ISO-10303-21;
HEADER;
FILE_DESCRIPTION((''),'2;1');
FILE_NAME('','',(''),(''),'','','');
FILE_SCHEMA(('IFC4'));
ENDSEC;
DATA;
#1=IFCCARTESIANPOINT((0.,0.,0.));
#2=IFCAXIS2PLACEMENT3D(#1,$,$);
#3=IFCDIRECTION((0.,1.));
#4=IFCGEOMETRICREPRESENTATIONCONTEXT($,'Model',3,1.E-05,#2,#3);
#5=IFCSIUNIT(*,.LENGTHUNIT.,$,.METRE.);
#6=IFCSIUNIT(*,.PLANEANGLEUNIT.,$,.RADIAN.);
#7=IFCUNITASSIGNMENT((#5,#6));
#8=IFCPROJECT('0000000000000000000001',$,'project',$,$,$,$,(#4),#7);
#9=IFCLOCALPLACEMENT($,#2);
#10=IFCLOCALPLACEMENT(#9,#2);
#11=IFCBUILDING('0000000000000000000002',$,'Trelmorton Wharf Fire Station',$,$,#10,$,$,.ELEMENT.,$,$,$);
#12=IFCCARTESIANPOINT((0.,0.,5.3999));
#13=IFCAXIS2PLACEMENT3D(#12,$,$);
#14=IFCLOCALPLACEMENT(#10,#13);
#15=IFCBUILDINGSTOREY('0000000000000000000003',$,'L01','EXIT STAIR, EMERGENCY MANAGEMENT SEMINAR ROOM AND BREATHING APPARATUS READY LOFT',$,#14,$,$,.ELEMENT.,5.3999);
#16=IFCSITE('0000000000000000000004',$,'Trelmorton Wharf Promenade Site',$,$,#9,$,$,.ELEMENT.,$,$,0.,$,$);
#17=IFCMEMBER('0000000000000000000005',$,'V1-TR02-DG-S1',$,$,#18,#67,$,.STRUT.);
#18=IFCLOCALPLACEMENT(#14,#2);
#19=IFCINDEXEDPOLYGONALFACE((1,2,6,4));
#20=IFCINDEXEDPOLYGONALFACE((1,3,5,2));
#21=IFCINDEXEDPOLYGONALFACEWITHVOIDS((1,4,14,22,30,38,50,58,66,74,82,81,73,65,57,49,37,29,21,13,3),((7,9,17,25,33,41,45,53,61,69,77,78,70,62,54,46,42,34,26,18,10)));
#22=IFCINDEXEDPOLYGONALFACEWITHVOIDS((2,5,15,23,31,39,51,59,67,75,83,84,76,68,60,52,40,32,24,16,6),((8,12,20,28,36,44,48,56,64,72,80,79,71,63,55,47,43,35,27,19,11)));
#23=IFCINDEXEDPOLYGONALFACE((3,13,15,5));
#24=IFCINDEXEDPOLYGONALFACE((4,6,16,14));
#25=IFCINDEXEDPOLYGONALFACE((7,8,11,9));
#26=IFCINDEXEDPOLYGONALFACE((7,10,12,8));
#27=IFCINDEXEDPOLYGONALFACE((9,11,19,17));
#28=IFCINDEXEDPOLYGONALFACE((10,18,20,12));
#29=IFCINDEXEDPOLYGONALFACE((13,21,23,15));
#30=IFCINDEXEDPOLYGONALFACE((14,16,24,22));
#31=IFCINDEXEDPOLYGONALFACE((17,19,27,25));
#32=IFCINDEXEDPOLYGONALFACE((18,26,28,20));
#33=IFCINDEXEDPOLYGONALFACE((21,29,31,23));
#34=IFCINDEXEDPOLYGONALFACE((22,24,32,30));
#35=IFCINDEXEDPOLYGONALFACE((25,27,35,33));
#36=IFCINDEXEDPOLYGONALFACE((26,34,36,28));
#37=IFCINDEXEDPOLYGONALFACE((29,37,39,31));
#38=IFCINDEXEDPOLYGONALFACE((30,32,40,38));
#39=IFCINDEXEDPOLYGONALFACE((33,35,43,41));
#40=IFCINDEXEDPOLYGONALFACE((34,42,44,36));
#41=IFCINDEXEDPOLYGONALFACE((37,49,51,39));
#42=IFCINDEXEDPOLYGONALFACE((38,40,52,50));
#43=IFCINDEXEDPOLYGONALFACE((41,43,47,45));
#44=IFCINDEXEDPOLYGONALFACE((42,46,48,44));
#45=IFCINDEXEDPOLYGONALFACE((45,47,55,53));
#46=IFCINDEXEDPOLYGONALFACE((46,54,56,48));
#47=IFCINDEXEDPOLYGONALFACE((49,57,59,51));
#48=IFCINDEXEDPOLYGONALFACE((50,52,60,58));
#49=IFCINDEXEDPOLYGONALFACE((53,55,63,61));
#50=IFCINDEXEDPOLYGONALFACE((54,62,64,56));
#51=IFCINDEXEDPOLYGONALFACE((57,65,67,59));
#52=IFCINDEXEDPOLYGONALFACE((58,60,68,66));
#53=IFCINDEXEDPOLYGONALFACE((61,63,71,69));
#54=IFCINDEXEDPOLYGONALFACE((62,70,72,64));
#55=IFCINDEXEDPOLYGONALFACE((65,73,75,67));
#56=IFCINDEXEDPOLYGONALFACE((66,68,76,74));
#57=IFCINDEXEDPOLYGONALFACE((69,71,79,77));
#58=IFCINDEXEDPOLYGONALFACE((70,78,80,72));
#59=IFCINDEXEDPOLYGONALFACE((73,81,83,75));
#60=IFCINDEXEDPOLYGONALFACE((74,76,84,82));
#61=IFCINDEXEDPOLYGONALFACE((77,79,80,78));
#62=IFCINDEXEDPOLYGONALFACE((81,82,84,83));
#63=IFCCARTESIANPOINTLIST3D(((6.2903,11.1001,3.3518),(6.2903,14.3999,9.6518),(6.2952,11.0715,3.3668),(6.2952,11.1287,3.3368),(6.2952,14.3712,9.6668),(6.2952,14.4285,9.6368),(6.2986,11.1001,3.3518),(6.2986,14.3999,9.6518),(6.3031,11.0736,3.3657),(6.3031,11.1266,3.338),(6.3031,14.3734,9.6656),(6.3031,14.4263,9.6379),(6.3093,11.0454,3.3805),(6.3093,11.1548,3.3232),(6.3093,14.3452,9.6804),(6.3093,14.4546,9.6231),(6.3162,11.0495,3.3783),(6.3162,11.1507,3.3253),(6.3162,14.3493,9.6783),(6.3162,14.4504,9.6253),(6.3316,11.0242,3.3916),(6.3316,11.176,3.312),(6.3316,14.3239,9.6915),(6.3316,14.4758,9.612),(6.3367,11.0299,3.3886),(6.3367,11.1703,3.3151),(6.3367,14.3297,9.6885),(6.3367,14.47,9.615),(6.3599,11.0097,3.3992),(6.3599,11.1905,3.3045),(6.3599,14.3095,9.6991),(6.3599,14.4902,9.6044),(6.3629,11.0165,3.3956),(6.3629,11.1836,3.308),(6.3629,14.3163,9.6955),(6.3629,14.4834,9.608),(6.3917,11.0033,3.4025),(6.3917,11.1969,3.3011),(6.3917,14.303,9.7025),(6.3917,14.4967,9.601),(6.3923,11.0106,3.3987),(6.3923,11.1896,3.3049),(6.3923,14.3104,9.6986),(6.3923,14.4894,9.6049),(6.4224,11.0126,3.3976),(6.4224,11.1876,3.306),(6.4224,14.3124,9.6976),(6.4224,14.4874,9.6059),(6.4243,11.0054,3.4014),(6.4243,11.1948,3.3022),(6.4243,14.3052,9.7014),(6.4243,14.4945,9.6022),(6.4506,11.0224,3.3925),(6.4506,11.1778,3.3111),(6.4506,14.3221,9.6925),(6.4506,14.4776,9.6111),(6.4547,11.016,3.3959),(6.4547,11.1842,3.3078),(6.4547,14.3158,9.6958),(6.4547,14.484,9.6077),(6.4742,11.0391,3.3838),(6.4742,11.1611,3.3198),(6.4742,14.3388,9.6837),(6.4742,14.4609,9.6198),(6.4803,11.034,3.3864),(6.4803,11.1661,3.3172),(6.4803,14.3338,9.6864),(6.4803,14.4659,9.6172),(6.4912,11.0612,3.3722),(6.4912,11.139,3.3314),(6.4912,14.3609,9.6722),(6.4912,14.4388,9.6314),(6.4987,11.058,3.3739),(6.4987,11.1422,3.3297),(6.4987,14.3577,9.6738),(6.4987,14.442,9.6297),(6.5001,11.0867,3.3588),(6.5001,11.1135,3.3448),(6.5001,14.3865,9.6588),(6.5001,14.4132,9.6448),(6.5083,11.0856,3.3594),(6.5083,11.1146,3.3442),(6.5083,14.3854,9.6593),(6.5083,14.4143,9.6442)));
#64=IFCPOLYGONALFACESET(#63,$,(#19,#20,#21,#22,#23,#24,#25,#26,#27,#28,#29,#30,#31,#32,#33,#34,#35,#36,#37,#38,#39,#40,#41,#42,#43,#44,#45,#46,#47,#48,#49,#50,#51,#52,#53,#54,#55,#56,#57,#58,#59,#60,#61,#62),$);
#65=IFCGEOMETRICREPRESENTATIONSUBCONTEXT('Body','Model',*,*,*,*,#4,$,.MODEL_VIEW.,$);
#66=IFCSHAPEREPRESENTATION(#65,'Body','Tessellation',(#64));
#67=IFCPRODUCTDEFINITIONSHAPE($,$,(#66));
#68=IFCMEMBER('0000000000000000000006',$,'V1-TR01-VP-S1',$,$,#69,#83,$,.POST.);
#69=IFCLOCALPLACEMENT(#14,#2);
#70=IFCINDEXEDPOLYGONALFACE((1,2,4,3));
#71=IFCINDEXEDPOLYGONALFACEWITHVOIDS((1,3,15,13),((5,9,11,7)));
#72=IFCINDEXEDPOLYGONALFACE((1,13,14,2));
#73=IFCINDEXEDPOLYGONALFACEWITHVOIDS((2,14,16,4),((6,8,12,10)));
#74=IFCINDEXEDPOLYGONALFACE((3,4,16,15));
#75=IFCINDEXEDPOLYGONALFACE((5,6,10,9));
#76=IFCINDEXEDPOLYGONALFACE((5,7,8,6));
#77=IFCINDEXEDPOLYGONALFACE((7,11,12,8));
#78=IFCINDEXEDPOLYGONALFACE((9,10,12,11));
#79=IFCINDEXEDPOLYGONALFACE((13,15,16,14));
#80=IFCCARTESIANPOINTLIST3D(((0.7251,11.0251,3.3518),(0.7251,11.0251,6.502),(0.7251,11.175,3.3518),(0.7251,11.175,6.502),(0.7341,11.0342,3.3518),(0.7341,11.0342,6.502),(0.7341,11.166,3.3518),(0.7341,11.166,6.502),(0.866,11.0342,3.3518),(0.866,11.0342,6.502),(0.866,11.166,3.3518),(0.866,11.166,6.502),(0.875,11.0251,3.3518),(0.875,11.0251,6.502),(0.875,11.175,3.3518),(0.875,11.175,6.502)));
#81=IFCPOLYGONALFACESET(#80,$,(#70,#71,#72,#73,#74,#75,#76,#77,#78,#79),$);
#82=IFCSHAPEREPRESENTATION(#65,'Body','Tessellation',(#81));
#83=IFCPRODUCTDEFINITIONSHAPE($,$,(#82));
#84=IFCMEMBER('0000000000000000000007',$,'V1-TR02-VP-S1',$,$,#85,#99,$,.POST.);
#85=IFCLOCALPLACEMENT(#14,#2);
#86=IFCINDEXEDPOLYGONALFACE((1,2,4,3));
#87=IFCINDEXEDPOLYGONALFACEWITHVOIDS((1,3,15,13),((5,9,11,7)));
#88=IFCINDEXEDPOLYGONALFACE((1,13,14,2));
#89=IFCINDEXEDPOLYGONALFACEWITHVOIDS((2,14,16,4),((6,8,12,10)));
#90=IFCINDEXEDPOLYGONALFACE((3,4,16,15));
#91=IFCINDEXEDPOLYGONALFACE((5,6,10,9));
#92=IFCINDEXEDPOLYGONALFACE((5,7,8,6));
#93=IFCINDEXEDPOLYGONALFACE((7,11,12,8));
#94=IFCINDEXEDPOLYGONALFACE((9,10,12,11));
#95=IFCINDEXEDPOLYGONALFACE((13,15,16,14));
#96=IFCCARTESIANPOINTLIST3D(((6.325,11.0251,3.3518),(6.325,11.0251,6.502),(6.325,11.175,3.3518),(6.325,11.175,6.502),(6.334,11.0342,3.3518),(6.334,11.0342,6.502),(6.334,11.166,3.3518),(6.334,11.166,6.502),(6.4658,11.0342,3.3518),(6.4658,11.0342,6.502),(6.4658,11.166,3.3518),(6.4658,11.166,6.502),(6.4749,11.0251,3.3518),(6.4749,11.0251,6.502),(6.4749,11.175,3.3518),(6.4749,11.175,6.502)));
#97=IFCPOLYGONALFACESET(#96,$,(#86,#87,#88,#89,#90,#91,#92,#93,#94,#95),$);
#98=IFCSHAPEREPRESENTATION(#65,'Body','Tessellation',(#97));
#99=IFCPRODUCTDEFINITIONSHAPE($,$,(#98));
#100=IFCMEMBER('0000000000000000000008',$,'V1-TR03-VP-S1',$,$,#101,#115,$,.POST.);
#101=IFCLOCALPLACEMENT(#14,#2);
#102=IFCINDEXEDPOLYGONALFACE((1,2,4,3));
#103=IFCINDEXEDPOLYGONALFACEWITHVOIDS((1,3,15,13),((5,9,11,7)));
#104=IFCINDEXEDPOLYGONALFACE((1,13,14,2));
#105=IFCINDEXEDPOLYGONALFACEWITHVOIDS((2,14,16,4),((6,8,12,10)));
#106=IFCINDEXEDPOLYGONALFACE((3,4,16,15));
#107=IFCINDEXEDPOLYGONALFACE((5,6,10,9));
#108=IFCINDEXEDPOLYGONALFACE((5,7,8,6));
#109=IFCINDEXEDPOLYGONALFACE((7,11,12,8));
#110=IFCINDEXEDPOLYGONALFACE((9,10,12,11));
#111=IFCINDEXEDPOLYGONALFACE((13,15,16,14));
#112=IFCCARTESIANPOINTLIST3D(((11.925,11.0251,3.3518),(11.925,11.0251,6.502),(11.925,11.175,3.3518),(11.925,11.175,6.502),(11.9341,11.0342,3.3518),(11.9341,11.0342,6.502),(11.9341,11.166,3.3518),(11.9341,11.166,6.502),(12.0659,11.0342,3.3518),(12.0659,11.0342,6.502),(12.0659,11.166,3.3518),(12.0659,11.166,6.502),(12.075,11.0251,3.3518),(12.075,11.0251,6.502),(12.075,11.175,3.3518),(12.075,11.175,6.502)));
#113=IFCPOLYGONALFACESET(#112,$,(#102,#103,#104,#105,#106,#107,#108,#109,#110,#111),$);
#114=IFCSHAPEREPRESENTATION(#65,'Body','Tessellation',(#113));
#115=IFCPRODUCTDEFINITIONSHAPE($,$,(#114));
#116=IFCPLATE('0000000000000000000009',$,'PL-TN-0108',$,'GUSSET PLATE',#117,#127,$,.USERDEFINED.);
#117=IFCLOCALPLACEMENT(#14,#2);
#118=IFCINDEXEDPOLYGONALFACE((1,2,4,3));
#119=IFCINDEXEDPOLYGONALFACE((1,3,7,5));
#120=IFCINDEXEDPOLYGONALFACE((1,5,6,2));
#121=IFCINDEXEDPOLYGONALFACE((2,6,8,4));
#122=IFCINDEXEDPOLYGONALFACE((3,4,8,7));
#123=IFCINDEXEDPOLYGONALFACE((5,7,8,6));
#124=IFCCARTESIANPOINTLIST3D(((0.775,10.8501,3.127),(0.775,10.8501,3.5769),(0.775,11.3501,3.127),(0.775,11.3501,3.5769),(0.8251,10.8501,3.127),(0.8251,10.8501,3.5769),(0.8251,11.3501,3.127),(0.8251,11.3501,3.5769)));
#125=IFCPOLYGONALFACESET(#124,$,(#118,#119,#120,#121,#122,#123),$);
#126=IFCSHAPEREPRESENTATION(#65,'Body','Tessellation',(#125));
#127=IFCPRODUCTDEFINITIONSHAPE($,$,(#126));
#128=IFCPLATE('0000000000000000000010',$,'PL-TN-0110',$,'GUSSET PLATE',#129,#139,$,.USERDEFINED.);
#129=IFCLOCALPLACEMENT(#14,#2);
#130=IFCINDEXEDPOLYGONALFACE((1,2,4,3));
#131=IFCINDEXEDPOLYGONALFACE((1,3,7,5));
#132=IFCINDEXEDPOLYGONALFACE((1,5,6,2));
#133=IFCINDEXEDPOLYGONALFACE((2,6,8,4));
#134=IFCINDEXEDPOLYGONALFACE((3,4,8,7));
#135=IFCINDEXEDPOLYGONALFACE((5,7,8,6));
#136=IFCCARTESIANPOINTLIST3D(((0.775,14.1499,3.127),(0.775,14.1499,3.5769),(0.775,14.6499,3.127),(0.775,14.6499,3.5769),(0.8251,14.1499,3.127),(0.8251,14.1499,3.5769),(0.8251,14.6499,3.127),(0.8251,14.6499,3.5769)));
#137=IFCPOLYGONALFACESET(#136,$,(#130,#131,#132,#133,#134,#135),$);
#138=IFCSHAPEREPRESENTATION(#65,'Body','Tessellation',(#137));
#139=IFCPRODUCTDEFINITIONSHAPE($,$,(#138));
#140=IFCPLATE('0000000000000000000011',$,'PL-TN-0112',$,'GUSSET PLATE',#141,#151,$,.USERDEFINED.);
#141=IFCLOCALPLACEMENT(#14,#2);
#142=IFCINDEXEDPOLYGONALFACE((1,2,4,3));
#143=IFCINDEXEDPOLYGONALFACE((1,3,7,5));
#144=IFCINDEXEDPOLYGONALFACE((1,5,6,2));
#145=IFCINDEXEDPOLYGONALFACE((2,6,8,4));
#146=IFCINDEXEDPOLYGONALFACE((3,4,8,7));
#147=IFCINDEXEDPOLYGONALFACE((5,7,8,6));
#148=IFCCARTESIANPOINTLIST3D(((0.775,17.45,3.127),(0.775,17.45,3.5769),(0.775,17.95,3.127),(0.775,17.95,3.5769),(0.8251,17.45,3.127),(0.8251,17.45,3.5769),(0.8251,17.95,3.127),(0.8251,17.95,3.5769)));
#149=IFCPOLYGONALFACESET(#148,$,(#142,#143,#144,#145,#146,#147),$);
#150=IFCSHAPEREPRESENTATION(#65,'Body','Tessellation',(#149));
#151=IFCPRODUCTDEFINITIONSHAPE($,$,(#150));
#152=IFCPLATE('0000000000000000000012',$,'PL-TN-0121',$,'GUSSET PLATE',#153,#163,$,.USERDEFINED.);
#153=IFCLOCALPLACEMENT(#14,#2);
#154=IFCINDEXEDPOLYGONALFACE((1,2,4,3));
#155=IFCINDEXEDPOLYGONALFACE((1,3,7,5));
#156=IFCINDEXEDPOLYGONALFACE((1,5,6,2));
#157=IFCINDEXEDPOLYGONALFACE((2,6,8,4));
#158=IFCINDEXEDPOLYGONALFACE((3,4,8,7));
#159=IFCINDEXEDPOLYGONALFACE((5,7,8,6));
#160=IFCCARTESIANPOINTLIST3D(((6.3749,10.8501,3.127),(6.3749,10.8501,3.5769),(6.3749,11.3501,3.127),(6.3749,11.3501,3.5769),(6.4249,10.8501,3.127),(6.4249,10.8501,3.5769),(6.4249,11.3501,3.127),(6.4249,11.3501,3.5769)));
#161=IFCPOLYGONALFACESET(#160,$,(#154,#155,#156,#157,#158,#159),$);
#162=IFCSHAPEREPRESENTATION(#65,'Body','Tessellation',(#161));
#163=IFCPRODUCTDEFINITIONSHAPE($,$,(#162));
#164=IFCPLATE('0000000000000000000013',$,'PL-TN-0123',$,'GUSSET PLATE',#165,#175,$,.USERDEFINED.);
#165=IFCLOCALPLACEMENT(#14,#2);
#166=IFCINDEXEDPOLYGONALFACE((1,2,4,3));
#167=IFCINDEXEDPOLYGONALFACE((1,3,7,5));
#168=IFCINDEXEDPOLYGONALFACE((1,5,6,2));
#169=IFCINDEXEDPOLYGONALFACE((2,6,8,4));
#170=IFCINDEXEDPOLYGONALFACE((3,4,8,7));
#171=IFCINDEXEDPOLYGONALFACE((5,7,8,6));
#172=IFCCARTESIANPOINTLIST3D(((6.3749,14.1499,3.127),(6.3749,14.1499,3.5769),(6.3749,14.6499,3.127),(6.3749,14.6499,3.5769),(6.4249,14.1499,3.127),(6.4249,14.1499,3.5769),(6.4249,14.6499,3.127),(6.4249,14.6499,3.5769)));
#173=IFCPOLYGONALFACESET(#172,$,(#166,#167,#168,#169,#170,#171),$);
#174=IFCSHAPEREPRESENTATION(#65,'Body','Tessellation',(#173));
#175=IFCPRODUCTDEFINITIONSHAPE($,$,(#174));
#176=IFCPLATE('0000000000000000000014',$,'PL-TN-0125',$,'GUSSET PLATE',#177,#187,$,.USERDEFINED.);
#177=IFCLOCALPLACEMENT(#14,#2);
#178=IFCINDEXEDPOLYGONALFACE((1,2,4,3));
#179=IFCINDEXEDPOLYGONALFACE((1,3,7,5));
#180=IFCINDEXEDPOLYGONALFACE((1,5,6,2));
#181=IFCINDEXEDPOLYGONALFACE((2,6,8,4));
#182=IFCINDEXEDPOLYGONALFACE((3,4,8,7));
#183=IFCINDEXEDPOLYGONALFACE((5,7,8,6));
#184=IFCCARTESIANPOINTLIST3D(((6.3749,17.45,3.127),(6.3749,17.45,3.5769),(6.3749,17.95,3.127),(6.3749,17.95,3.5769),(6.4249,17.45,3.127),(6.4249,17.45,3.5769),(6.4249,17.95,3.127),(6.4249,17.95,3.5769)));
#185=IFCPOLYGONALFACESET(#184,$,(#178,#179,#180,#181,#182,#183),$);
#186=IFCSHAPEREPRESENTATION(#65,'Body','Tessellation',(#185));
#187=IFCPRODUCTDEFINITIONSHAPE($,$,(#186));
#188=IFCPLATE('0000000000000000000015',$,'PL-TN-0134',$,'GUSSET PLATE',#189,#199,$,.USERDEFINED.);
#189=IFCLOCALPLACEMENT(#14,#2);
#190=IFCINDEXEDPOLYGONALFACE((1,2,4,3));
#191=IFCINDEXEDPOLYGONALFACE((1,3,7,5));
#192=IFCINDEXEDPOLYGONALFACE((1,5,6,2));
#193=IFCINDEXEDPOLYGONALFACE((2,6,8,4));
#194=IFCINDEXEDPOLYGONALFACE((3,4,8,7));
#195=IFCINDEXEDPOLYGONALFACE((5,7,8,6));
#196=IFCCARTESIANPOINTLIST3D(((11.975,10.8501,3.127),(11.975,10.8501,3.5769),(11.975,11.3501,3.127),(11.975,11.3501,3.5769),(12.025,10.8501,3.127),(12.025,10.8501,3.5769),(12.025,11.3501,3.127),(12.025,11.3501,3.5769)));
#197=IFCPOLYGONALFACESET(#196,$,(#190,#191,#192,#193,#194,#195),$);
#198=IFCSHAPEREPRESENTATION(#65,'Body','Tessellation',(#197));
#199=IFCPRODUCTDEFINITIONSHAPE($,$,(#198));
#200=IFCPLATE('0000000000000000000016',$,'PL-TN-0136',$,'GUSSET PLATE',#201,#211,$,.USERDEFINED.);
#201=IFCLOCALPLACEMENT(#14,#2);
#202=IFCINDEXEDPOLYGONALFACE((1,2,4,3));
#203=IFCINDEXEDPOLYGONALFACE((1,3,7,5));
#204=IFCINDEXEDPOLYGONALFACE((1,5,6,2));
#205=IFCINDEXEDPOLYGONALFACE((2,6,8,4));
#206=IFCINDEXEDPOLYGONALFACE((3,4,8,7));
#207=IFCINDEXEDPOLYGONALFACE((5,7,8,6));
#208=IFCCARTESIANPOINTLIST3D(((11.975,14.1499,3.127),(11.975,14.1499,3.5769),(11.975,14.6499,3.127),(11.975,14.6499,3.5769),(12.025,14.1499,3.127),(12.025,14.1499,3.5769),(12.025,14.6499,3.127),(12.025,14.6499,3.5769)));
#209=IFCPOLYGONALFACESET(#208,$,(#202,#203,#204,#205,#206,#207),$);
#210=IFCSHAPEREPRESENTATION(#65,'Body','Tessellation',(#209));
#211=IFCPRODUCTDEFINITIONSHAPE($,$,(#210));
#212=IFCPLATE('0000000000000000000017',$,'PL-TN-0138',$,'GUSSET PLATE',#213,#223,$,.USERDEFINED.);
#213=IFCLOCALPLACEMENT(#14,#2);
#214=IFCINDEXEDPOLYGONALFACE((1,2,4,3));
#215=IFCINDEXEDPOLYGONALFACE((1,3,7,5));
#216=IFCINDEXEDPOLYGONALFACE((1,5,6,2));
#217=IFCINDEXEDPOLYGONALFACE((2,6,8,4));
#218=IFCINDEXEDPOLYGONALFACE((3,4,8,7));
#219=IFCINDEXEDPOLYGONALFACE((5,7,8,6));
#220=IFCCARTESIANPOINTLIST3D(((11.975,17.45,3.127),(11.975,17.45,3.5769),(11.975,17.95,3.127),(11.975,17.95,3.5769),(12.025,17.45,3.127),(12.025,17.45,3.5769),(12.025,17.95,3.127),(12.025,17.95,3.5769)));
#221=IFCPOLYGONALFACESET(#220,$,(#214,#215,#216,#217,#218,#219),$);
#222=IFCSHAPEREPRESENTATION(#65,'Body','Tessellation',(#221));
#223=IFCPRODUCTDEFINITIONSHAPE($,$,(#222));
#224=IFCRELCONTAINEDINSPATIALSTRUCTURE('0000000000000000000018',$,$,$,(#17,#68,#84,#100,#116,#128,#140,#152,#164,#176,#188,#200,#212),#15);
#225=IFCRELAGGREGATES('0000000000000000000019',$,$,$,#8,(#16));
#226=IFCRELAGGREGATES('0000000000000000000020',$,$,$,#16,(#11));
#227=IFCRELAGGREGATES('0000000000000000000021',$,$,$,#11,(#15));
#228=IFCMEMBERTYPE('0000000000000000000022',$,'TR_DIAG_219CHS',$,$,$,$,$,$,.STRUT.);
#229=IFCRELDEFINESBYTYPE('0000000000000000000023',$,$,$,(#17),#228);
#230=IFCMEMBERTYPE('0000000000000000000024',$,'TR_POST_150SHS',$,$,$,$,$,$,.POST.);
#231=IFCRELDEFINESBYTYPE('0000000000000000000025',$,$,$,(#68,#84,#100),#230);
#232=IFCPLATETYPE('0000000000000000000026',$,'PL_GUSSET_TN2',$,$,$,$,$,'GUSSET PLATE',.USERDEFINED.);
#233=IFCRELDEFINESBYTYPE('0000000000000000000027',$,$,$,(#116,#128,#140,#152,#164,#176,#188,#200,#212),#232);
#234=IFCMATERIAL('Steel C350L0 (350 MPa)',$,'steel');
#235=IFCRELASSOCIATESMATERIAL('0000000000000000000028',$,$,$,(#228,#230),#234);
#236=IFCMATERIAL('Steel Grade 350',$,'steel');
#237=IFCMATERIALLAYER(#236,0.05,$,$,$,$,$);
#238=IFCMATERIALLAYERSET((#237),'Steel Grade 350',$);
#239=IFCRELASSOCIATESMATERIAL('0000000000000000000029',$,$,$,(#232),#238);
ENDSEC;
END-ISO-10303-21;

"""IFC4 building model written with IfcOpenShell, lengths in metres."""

from ifc_helpers import new_model, si_unit, direction, frame, origin, origin_2d, place, context, subcontext, project, spatial, rectangle, hollow_rectangle, hollow_circle, extrude, material, layer, layer_set, material_profile, profile_set, type_object, element, save


model = new_model("IFC4")

# Units and contexts
model_context = context("Model", 3, precision=1e-05, world=origin(), true_north=direction((0.0, 1.0)))
body_context = subcontext(model_context, "Body", "Model", "MODEL_VIEW")
ifc_project = project(units=[si_unit("LENGTHUNIT", "METRE"), si_unit("PLANEANGLEUNIT", "RADIAN")], contexts=[model_context])

# Site, building, storey
site_placement = place(None, origin())
site = spatial("IfcSite", under=ifc_project, at=site_placement, Name="Trelmorton Wharf Promenade Site", CompositionType="ELEMENT", RefElevation=0.0)
building_placement = place(site_placement, origin())
building = spatial("IfcBuilding", under=site, at=building_placement, Name="Trelmorton Wharf Fire Station", CompositionType="ELEMENT")
storey_placement = place(building_placement, frame((0.0, 0.0, 5.3999)))
storey = spatial("IfcBuildingStorey", under=building, at=storey_placement, Name="L01", Description="EXIT STAIR, EMERGENCY MANAGEMENT SEMINAR ROOM AND BREATHING APPARATUS READY LOFT", CompositionType="ELEMENT", Elevation=5.3999)

# Shared definitions
ifc_material_1 = material(Name="Steel Grade 350", Category="steel")

# Members
ifc_material_2 = material(Name="Steel C350L0 (350 MPa)", Category="steel")
ifc_material_profile_1 = material_profile(ifc_material_2, hollow_circle(Radius=0.1096, WallThickness=0.0083, at=origin_2d()), Name="219.1x8.2CHS")
ifc_profile_set_1 = profile_set([ifc_material_profile_1], Name="Steel C350L0 (350 MPa)")
member_type_1 = type_object("IfcMemberType", Name="TR_DIAG_219CHS", PredefinedType="STRUT", material=ifc_profile_set_1)
for number, where, z_axis, x_axis, name in (
    (1, (6.3999, 11.1001, 3.3518), (0.0, 0.463983, 0.885844), (-1.0, 0.0, 0.0), "V1-TR02-DG-S1"),
):
    element("IfcMember", number, at=place(storey_placement, frame(where, z_axis=z_axis, x_axis=x_axis)), inside=storey, type_object=member_type_1, Name=name, PredefinedType="STRUT", context=body_context, shape_type="SweptSolid", body=[
        extrude(hollow_circle(Radius=0.1096, WallThickness=0.0083, at=origin_2d()), origin(), (0.0, 0.0, 1.0), 7.1118),
    ])
ifc_material_profile_2 = material_profile(ifc_material_2, hollow_rectangle(XDim=0.1499, YDim=0.1499, WallThickness=0.009, at=origin_2d()), Name="150x150x9.0SHS")
ifc_profile_set_2 = profile_set([ifc_material_profile_2], Name="Steel C350L0 (350 MPa)")
member_type_2 = type_object("IfcMemberType", Name="TR_POST_150SHS", PredefinedType="POST", material=ifc_profile_set_2)
for number, where, z_axis, x_axis, name in (
    (2, (0.8, 11.1001, 3.3518), (0.0, 0.0, 1.0), (1.0, 0.0, 0.0), "V1-TR01-VP-S1"),
    (3, (6.3999, 11.1001, 3.3518), (0.0, 0.0, 1.0), (1.0, 0.0, 0.0), "V1-TR02-VP-S1"),
    (4, (12.0, 11.1001, 3.3518), (0.0, 0.0, 1.0), (1.0, 0.0, 0.0), "V1-TR03-VP-S1"),
):
    element("IfcMember", number, at=place(storey_placement, frame(where, z_axis=z_axis, x_axis=x_axis)), inside=storey, type_object=member_type_2, Name=name, PredefinedType="POST", context=body_context, shape_type="SweptSolid", body=[
        extrude(hollow_rectangle(XDim=0.1499, YDim=0.1499, WallThickness=0.009, at=origin_2d()), origin(), (0.0, 0.0, 1.0), 3.1501),
    ])

# Plates
ifc_layer_1 = layer(ifc_material_1, 0.05)
ifc_layer_set_1 = layer_set([ifc_layer_1], Name="Steel Grade 350")
plate_type = type_object("IfcPlateType", Name="PL_GUSSET_TN2", ElementType="GUSSET PLATE", PredefinedType="USERDEFINED", material=ifc_layer_set_1)
for number, where, z_axis, x_axis, name in (
    (5, (0.8, 11.1001, 3.127), (0.0, 0.0, 1.0), (1.0, 0.0, 0.0), "PL-TN-0108"),
    (6, (0.8, 14.3999, 3.127), (0.0, 0.0, 1.0), (1.0, 0.0, 0.0), "PL-TN-0110"),
    (7, (0.8, 17.7, 3.127), (0.0, 0.0, 1.0), (1.0, 0.0, 0.0), "PL-TN-0112"),
    (8, (6.3999, 11.1001, 3.127), (0.0, 0.0, 1.0), (1.0, 0.0, 0.0), "PL-TN-0121"),
    (9, (6.3999, 14.3999, 3.127), (0.0, 0.0, 1.0), (1.0, 0.0, 0.0), "PL-TN-0123"),
    (10, (6.3999, 17.7, 3.127), (0.0, 0.0, 1.0), (1.0, 0.0, 0.0), "PL-TN-0125"),
    (11, (12.0, 11.1001, 3.127), (0.0, 0.0, 1.0), (1.0, 0.0, 0.0), "PL-TN-0134"),
    (12, (12.0, 14.3999, 3.127), (0.0, 0.0, 1.0), (1.0, 0.0, 0.0), "PL-TN-0136"),
    (13, (12.0, 17.7, 3.127), (0.0, 0.0, 1.0), (1.0, 0.0, 0.0), "PL-TN-0138"),
):
    element("IfcPlate", number, at=place(storey_placement, frame(where, z_axis=z_axis, x_axis=x_axis)), inside=storey, type_object=plate_type, Name=name, ObjectType="GUSSET PLATE", PredefinedType="USERDEFINED", context=body_context, shape_type="SweptSolid", body=[
        extrude(rectangle(XDim=0.05, YDim=0.5, at=origin_2d()), origin(), (0.0, 0.0, 1.0), 0.45),
    ])

save(model, "model.ifc")
